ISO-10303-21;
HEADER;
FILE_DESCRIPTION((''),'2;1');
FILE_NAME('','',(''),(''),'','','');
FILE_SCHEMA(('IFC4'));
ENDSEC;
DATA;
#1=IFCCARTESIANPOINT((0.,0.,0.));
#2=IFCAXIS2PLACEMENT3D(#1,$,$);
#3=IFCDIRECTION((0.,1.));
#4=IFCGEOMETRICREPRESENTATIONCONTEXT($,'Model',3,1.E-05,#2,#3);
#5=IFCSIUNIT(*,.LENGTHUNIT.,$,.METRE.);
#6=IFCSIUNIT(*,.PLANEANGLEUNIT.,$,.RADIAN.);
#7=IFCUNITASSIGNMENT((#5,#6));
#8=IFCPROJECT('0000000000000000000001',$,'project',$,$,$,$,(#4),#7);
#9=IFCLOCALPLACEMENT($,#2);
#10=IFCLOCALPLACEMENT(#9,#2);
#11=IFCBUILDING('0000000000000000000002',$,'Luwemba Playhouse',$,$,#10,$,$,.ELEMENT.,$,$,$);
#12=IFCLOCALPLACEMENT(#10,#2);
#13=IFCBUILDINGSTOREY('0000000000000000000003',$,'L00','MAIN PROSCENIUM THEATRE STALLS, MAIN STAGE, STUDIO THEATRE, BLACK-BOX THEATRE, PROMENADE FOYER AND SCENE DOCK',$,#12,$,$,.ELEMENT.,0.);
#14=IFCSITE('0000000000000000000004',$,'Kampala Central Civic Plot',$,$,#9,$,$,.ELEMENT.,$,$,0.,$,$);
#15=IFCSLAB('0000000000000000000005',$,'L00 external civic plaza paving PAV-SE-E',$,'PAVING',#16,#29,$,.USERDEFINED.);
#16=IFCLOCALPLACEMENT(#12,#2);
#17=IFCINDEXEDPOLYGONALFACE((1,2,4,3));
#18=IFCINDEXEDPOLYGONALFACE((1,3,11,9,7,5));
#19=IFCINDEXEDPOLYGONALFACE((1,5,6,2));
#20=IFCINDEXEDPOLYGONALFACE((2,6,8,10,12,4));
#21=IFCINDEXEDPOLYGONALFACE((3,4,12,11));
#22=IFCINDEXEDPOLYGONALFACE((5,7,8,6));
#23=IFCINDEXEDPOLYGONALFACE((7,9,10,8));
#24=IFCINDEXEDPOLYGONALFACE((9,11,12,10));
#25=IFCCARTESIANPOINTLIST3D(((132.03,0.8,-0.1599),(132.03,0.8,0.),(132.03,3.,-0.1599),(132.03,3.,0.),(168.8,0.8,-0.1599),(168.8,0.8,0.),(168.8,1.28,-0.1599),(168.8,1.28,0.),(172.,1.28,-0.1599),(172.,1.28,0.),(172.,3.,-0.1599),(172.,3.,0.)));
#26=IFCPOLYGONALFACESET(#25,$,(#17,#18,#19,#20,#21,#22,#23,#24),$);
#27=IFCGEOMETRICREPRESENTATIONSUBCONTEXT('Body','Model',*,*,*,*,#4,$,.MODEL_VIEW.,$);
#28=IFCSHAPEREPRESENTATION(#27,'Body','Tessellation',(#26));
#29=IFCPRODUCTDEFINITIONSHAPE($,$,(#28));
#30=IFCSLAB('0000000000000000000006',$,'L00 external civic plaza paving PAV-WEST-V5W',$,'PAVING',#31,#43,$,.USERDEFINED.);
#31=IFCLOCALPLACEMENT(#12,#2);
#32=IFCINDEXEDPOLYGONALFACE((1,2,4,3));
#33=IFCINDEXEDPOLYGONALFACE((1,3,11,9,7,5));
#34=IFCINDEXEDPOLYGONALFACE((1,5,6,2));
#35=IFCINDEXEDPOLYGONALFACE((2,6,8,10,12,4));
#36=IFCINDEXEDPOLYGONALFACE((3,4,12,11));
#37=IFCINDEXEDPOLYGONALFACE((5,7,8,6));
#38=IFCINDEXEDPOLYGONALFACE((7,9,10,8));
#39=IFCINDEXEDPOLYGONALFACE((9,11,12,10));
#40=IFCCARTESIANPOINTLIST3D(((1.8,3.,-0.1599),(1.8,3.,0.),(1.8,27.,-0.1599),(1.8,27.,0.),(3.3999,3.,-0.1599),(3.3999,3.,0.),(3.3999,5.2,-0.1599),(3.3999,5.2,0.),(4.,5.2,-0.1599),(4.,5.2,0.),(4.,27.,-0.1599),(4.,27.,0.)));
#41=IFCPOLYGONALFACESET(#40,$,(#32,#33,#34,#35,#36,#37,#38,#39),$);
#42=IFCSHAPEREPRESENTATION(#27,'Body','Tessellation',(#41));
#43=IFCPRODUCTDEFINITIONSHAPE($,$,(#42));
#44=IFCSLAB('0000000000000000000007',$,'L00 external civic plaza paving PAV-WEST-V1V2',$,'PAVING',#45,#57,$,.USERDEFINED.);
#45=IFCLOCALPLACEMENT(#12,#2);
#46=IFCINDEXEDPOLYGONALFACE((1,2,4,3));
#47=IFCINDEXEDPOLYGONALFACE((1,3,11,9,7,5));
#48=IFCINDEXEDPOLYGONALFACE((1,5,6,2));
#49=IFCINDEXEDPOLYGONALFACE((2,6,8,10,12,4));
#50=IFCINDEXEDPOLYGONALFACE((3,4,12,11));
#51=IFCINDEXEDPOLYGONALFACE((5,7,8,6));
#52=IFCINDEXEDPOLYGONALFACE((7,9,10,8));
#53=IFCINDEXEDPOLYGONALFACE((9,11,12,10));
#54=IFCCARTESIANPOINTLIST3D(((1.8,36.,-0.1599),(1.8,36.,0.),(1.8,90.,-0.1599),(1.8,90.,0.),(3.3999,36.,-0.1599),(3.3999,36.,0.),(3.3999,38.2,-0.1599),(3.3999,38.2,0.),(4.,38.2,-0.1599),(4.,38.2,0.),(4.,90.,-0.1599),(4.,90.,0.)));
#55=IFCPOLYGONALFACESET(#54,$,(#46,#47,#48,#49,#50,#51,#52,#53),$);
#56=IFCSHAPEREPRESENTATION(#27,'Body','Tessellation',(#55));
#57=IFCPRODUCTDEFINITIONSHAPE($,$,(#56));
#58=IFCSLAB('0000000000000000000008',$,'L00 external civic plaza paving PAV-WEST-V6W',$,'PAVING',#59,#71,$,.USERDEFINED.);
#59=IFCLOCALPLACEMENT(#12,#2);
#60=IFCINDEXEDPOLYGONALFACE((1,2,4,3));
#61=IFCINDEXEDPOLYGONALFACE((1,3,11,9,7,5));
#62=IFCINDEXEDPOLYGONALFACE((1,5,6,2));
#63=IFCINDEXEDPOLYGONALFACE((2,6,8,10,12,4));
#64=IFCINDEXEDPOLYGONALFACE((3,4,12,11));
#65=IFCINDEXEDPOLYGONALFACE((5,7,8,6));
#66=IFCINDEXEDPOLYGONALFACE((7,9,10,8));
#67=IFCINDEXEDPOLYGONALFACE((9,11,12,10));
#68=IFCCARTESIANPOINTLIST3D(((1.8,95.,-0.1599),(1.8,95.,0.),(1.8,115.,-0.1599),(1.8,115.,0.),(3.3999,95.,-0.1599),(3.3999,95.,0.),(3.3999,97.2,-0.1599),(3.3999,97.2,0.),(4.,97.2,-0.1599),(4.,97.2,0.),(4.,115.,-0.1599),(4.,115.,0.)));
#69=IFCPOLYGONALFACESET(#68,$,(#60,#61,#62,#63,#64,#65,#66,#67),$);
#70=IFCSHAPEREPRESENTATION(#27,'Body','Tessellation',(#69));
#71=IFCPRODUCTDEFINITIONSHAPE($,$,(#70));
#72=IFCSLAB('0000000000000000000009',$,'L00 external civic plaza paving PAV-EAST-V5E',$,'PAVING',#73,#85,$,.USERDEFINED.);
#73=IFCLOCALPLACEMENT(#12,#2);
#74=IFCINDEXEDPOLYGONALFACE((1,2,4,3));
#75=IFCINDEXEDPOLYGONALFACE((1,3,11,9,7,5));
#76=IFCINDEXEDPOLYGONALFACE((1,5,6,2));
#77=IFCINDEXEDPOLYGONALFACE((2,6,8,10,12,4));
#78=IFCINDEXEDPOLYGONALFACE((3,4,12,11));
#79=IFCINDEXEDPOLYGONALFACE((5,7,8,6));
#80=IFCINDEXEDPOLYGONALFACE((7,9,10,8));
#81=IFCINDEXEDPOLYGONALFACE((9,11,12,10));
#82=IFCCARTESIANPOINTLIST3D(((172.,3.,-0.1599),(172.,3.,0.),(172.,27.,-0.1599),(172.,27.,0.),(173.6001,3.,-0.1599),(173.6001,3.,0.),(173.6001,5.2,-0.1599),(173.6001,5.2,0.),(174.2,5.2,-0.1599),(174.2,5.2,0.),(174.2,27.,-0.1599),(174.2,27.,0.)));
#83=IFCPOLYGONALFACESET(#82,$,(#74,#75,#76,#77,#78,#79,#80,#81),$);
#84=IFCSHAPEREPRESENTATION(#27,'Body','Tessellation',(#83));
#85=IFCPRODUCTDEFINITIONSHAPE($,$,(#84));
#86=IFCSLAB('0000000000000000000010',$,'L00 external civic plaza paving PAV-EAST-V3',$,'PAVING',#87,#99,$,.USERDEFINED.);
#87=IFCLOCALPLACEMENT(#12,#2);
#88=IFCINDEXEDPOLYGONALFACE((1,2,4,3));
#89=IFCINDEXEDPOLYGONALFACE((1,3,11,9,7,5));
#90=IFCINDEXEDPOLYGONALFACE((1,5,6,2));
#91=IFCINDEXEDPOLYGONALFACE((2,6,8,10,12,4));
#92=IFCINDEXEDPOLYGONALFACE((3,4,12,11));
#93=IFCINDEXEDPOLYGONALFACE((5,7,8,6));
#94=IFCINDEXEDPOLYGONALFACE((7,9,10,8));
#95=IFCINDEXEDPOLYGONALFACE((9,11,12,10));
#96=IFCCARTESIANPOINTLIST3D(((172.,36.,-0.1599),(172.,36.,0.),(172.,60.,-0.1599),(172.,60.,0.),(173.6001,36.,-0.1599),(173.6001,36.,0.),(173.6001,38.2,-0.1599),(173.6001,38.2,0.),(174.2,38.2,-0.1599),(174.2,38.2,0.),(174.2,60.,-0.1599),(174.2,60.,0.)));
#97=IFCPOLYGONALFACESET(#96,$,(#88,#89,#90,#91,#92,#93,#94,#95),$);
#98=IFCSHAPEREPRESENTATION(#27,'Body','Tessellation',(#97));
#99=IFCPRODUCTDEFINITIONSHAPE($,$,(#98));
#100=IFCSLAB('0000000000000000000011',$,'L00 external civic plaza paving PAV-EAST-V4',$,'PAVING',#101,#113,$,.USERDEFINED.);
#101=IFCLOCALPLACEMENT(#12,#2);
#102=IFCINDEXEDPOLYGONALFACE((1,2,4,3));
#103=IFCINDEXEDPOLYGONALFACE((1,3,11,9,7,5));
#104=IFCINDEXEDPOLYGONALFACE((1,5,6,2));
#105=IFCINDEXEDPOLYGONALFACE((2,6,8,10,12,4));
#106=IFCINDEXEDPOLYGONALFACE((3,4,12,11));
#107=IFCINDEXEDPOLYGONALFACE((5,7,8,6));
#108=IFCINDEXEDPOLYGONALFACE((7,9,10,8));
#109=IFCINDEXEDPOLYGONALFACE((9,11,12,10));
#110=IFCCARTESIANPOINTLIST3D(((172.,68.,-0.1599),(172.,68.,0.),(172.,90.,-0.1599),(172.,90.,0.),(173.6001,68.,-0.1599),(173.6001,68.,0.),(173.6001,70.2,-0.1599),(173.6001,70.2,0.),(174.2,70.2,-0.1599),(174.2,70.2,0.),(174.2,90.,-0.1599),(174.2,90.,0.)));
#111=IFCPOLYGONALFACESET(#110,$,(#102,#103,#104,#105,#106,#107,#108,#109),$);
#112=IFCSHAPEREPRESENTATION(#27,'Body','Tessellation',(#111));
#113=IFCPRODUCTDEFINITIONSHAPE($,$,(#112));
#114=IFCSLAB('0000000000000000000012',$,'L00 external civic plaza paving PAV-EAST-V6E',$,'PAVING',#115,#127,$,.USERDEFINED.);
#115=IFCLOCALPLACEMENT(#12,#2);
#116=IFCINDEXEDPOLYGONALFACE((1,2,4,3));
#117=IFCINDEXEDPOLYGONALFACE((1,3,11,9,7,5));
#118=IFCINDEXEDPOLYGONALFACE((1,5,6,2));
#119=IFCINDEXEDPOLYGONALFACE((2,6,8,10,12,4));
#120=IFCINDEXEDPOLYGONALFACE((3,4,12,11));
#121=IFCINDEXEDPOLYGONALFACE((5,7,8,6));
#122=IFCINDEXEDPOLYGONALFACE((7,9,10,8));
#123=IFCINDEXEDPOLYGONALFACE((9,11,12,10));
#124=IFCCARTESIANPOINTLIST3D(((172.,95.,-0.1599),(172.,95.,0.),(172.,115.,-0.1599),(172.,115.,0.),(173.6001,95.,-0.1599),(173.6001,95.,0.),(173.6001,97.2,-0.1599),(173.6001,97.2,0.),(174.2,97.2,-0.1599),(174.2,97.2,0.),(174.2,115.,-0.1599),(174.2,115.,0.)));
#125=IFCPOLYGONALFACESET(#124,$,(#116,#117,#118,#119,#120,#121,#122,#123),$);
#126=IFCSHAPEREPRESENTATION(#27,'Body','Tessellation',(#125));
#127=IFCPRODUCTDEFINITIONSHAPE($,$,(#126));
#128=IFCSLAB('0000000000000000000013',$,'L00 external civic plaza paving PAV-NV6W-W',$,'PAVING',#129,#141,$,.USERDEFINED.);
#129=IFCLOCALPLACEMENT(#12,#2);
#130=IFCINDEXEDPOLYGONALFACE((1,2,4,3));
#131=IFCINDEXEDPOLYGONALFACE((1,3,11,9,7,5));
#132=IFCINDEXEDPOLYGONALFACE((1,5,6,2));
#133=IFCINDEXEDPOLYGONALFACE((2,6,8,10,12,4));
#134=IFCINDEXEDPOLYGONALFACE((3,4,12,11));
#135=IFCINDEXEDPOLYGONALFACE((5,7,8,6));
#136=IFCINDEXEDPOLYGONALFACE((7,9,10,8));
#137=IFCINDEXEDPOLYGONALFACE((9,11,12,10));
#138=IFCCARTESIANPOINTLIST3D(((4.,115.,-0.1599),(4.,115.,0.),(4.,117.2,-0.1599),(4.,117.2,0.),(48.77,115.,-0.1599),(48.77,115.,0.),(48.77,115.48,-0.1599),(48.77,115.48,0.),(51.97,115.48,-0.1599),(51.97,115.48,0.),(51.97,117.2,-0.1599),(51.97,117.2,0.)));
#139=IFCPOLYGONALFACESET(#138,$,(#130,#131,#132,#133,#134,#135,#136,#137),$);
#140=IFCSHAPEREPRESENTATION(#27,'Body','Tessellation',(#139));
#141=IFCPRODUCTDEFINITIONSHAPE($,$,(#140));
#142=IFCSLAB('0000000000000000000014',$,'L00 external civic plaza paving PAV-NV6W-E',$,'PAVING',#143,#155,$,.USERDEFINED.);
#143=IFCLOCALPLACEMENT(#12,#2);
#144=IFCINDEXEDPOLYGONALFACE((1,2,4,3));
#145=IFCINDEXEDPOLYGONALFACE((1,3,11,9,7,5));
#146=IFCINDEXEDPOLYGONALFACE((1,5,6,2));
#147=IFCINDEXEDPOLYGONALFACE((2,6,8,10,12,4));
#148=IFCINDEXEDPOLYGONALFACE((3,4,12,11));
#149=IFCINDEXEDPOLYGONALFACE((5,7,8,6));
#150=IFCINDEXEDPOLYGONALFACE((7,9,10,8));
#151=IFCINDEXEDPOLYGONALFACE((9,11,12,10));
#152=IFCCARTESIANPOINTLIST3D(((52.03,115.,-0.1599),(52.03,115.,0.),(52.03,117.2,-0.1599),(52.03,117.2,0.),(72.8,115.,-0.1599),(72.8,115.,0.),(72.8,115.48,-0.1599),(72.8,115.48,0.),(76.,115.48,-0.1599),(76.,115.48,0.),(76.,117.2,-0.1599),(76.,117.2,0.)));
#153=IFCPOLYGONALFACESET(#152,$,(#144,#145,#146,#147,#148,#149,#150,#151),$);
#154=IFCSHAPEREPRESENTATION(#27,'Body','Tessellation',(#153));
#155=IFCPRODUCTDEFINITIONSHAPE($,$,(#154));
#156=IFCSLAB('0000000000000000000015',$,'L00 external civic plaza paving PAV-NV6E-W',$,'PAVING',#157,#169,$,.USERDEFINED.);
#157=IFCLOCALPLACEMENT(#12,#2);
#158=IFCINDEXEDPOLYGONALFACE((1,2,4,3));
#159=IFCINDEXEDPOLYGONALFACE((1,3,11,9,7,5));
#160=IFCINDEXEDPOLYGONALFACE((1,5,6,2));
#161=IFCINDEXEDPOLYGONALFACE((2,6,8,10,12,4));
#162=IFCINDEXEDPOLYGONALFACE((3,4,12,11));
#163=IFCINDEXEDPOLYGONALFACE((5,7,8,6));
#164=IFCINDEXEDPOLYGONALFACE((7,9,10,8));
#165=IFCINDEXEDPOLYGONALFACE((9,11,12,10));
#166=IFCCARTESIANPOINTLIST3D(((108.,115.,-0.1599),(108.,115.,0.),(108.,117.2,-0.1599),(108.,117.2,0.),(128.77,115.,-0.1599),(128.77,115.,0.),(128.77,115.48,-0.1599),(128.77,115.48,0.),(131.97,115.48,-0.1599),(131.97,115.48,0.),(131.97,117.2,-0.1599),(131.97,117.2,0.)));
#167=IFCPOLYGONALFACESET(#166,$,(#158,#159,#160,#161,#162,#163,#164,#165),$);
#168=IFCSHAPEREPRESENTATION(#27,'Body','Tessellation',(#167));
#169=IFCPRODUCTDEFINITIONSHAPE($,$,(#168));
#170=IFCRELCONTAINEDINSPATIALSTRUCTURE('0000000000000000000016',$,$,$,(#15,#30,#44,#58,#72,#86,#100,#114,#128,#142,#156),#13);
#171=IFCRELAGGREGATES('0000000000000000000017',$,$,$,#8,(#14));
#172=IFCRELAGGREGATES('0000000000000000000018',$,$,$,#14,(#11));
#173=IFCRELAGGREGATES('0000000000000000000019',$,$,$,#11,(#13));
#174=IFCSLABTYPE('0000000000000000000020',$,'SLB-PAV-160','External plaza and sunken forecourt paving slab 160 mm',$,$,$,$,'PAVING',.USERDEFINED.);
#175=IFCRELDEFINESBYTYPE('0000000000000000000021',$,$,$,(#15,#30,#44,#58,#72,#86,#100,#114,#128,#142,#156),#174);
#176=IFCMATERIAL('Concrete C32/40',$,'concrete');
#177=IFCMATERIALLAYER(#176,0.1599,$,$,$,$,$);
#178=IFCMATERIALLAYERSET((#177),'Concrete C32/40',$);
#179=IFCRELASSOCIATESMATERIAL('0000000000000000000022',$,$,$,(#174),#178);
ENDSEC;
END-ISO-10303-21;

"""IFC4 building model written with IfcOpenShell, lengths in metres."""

from ifc_helpers import new_model, si_unit, direction, frame, origin, place, context, subcontext, project, spatial, polyline, outline, extrude, material, layer, layer_set, type_object, element, save


model = new_model("IFC4")

# Units and contexts
model_context = context("Model", 3, precision=1e-05, world=origin(), true_north=direction((0.0, 1.0)))
body_context = subcontext(model_context, "Body", "Model", "MODEL_VIEW")
ifc_project = project(units=[si_unit("LENGTHUNIT", "METRE"), si_unit("PLANEANGLEUNIT", "RADIAN")], contexts=[model_context])

# Site, building, storey
site_placement = place(None, origin())
site = spatial("IfcSite", under=ifc_project, at=site_placement, Name="Kampala Central Civic Plot", CompositionType="ELEMENT", RefElevation=0.0)
building_placement = place(site_placement, origin())
building = spatial("IfcBuilding", under=site, at=building_placement, Name="Luwemba Playhouse", CompositionType="ELEMENT")
storey_placement = place(building_placement, origin())
storey = spatial("IfcBuildingStorey", under=building, at=storey_placement, Name="L00", Description="MAIN PROSCENIUM THEATRE STALLS, MAIN STAGE, STUDIO THEATRE, BLACK-BOX THEATRE, PROMENADE FOYER AND SCENE DOCK", CompositionType="ELEMENT", Elevation=0.0)

# Slabs
ifc_material_1 = material(Name="Concrete C32/40", Category="concrete")
ifc_layer_1 = layer(ifc_material_1, 0.1599)
ifc_layer_set_1 = layer_set([ifc_layer_1], Name="Concrete C32/40")
slab_type_1 = type_object("IfcSlabType", Name="SLB-PAV-160", Description="External plaza and sunken forecourt paving slab 160 mm", ElementType="PAVING", PredefinedType="USERDEFINED", material=ifc_layer_set_1)
slab_1_placement = place(storey_placement, frame((0.0, 0.0, -0.1599)))
element("IfcSlab", 1, at=slab_1_placement, inside=storey, type_object=slab_type_1, Name="L00 external civic plaza paving PAV-SE-E", ObjectType="PAVING", PredefinedType="USERDEFINED", context=body_context, shape_type="SweptSolid", body=[
    extrude(outline(polyline([(132.03, 0.8), (168.8, 0.8), (168.8, 1.28), (172.0, 1.28), (172.0, 3.0), (132.03, 3.0), (132.03, 0.8)])), origin(), (0.0, 0.0, 1.0), 0.1599),
])
slab_2_placement = place(storey_placement, frame((0.0, 0.0, -0.1599)))
element("IfcSlab", 2, at=slab_2_placement, inside=storey, type_object=slab_type_1, Name="L00 external civic plaza paving PAV-WEST-V5W", ObjectType="PAVING", PredefinedType="USERDEFINED", context=body_context, shape_type="SweptSolid", body=[
    extrude(outline(polyline([(1.8, 3.0), (3.3999, 3.0), (3.3999, 5.2), (4.0, 5.2), (4.0, 27.0), (1.8, 27.0), (1.8, 3.0)])), origin(), (0.0, 0.0, 1.0), 0.1599),
])
slab_3_placement = place(storey_placement, frame((0.0, 0.0, -0.1599)))
element("IfcSlab", 3, at=slab_3_placement, inside=storey, type_object=slab_type_1, Name="L00 external civic plaza paving PAV-WEST-V1V2", ObjectType="PAVING", PredefinedType="USERDEFINED", context=body_context, shape_type="SweptSolid", body=[
    extrude(outline(polyline([(1.8, 36.0), (3.3999, 36.0), (3.3999, 38.2), (4.0, 38.2), (4.0, 90.0), (1.8, 90.0), (1.8, 36.0)])), origin(), (0.0, 0.0, 1.0), 0.1599),
])
slab_4_placement = place(storey_placement, frame((0.0, 0.0, -0.1599)))
element("IfcSlab", 4, at=slab_4_placement, inside=storey, type_object=slab_type_1, Name="L00 external civic plaza paving PAV-WEST-V6W", ObjectType="PAVING", PredefinedType="USERDEFINED", context=body_context, shape_type="SweptSolid", body=[
    extrude(outline(polyline([(1.8, 95.0), (3.3999, 95.0), (3.3999, 97.2), (4.0, 97.2), (4.0, 115.0), (1.8, 115.0), (1.8, 95.0)])), origin(), (0.0, 0.0, 1.0), 0.1599),
])
slab_5_placement = place(storey_placement, frame((0.0, 0.0, -0.1599)))
element("IfcSlab", 5, at=slab_5_placement, inside=storey, type_object=slab_type_1, Name="L00 external civic plaza paving PAV-EAST-V5E", ObjectType="PAVING", PredefinedType="USERDEFINED", context=body_context, shape_type="SweptSolid", body=[
    extrude(outline(polyline([(172.0, 3.0), (173.6001, 3.0), (173.6001, 5.2), (174.2, 5.2), (174.2, 27.0), (172.0, 27.0), (172.0, 3.0)])), origin(), (0.0, 0.0, 1.0), 0.1599),
])
slab_6_placement = place(storey_placement, frame((0.0, 0.0, -0.1599)))
element("IfcSlab", 6, at=slab_6_placement, inside=storey, type_object=slab_type_1, Name="L00 external civic plaza paving PAV-EAST-V3", ObjectType="PAVING", PredefinedType="USERDEFINED", context=body_context, shape_type="SweptSolid", body=[
    extrude(outline(polyline([(172.0, 36.0), (173.6001, 36.0), (173.6001, 38.2), (174.2, 38.2), (174.2, 60.0), (172.0, 60.0), (172.0, 36.0)])), origin(), (0.0, 0.0, 1.0), 0.1599),
])
slab_7_placement = place(storey_placement, frame((0.0, 0.0, -0.1599)))
element("IfcSlab", 7, at=slab_7_placement, inside=storey, type_object=slab_type_1, Name="L00 external civic plaza paving PAV-EAST-V4", ObjectType="PAVING", PredefinedType="USERDEFINED", context=body_context, shape_type="SweptSolid", body=[
    extrude(outline(polyline([(172.0, 68.0), (173.6001, 68.0), (173.6001, 70.2), (174.2, 70.2), (174.2, 90.0), (172.0, 90.0), (172.0, 68.0)])), origin(), (0.0, 0.0, 1.0), 0.1599),
])
slab_8_placement = place(storey_placement, frame((0.0, 0.0, -0.1599)))
element("IfcSlab", 8, at=slab_8_placement, inside=storey, type_object=slab_type_1, Name="L00 external civic plaza paving PAV-EAST-V6E", ObjectType="PAVING", PredefinedType="USERDEFINED", context=body_context, shape_type="SweptSolid", body=[
    extrude(outline(polyline([(172.0, 95.0), (173.6001, 95.0), (173.6001, 97.2), (174.2, 97.2), (174.2, 115.0), (172.0, 115.0), (172.0, 95.0)])), origin(), (0.0, 0.0, 1.0), 0.1599),
])
slab_9_placement = place(storey_placement, frame((0.0, 0.0, -0.1599)))
element("IfcSlab", 9, at=slab_9_placement, inside=storey, type_object=slab_type_1, Name="L00 external civic plaza paving PAV-NV6W-W", ObjectType="PAVING", PredefinedType="USERDEFINED", context=body_context, shape_type="SweptSolid", body=[
    extrude(outline(polyline([(4.0, 115.0), (48.77, 115.0), (48.77, 115.48), (51.97, 115.48), (51.97, 117.2), (4.0, 117.2), (4.0, 115.0)])), origin(), (0.0, 0.0, 1.0), 0.1599),
])
slab_10_placement = place(storey_placement, frame((0.0, 0.0, -0.1599)))
element("IfcSlab", 10, at=slab_10_placement, inside=storey, type_object=slab_type_1, Name="L00 external civic plaza paving PAV-NV6W-E", ObjectType="PAVING", PredefinedType="USERDEFINED", context=body_context, shape_type="SweptSolid", body=[
    extrude(outline(polyline([(52.03, 115.0), (72.8, 115.0), (72.8, 115.48), (76.0, 115.48), (76.0, 117.2), (52.03, 117.2), (52.03, 115.0)])), origin(), (0.0, 0.0, 1.0), 0.1599),
])
slab_11_placement = place(storey_placement, frame((0.0, 0.0, -0.1599)))
element("IfcSlab", 11, at=slab_11_placement, inside=storey, type_object=slab_type_1, Name="L00 external civic plaza paving PAV-NV6E-W", ObjectType="PAVING", PredefinedType="USERDEFINED", context=body_context, shape_type="SweptSolid", body=[
    extrude(outline(polyline([(108.0, 115.0), (128.77, 115.0), (128.77, 115.48), (131.97, 115.48), (131.97, 117.2), (108.0, 117.2), (108.0, 115.0)])), origin(), (0.0, 0.0, 1.0), 0.1599),
])

save(model, "model.ifc")
